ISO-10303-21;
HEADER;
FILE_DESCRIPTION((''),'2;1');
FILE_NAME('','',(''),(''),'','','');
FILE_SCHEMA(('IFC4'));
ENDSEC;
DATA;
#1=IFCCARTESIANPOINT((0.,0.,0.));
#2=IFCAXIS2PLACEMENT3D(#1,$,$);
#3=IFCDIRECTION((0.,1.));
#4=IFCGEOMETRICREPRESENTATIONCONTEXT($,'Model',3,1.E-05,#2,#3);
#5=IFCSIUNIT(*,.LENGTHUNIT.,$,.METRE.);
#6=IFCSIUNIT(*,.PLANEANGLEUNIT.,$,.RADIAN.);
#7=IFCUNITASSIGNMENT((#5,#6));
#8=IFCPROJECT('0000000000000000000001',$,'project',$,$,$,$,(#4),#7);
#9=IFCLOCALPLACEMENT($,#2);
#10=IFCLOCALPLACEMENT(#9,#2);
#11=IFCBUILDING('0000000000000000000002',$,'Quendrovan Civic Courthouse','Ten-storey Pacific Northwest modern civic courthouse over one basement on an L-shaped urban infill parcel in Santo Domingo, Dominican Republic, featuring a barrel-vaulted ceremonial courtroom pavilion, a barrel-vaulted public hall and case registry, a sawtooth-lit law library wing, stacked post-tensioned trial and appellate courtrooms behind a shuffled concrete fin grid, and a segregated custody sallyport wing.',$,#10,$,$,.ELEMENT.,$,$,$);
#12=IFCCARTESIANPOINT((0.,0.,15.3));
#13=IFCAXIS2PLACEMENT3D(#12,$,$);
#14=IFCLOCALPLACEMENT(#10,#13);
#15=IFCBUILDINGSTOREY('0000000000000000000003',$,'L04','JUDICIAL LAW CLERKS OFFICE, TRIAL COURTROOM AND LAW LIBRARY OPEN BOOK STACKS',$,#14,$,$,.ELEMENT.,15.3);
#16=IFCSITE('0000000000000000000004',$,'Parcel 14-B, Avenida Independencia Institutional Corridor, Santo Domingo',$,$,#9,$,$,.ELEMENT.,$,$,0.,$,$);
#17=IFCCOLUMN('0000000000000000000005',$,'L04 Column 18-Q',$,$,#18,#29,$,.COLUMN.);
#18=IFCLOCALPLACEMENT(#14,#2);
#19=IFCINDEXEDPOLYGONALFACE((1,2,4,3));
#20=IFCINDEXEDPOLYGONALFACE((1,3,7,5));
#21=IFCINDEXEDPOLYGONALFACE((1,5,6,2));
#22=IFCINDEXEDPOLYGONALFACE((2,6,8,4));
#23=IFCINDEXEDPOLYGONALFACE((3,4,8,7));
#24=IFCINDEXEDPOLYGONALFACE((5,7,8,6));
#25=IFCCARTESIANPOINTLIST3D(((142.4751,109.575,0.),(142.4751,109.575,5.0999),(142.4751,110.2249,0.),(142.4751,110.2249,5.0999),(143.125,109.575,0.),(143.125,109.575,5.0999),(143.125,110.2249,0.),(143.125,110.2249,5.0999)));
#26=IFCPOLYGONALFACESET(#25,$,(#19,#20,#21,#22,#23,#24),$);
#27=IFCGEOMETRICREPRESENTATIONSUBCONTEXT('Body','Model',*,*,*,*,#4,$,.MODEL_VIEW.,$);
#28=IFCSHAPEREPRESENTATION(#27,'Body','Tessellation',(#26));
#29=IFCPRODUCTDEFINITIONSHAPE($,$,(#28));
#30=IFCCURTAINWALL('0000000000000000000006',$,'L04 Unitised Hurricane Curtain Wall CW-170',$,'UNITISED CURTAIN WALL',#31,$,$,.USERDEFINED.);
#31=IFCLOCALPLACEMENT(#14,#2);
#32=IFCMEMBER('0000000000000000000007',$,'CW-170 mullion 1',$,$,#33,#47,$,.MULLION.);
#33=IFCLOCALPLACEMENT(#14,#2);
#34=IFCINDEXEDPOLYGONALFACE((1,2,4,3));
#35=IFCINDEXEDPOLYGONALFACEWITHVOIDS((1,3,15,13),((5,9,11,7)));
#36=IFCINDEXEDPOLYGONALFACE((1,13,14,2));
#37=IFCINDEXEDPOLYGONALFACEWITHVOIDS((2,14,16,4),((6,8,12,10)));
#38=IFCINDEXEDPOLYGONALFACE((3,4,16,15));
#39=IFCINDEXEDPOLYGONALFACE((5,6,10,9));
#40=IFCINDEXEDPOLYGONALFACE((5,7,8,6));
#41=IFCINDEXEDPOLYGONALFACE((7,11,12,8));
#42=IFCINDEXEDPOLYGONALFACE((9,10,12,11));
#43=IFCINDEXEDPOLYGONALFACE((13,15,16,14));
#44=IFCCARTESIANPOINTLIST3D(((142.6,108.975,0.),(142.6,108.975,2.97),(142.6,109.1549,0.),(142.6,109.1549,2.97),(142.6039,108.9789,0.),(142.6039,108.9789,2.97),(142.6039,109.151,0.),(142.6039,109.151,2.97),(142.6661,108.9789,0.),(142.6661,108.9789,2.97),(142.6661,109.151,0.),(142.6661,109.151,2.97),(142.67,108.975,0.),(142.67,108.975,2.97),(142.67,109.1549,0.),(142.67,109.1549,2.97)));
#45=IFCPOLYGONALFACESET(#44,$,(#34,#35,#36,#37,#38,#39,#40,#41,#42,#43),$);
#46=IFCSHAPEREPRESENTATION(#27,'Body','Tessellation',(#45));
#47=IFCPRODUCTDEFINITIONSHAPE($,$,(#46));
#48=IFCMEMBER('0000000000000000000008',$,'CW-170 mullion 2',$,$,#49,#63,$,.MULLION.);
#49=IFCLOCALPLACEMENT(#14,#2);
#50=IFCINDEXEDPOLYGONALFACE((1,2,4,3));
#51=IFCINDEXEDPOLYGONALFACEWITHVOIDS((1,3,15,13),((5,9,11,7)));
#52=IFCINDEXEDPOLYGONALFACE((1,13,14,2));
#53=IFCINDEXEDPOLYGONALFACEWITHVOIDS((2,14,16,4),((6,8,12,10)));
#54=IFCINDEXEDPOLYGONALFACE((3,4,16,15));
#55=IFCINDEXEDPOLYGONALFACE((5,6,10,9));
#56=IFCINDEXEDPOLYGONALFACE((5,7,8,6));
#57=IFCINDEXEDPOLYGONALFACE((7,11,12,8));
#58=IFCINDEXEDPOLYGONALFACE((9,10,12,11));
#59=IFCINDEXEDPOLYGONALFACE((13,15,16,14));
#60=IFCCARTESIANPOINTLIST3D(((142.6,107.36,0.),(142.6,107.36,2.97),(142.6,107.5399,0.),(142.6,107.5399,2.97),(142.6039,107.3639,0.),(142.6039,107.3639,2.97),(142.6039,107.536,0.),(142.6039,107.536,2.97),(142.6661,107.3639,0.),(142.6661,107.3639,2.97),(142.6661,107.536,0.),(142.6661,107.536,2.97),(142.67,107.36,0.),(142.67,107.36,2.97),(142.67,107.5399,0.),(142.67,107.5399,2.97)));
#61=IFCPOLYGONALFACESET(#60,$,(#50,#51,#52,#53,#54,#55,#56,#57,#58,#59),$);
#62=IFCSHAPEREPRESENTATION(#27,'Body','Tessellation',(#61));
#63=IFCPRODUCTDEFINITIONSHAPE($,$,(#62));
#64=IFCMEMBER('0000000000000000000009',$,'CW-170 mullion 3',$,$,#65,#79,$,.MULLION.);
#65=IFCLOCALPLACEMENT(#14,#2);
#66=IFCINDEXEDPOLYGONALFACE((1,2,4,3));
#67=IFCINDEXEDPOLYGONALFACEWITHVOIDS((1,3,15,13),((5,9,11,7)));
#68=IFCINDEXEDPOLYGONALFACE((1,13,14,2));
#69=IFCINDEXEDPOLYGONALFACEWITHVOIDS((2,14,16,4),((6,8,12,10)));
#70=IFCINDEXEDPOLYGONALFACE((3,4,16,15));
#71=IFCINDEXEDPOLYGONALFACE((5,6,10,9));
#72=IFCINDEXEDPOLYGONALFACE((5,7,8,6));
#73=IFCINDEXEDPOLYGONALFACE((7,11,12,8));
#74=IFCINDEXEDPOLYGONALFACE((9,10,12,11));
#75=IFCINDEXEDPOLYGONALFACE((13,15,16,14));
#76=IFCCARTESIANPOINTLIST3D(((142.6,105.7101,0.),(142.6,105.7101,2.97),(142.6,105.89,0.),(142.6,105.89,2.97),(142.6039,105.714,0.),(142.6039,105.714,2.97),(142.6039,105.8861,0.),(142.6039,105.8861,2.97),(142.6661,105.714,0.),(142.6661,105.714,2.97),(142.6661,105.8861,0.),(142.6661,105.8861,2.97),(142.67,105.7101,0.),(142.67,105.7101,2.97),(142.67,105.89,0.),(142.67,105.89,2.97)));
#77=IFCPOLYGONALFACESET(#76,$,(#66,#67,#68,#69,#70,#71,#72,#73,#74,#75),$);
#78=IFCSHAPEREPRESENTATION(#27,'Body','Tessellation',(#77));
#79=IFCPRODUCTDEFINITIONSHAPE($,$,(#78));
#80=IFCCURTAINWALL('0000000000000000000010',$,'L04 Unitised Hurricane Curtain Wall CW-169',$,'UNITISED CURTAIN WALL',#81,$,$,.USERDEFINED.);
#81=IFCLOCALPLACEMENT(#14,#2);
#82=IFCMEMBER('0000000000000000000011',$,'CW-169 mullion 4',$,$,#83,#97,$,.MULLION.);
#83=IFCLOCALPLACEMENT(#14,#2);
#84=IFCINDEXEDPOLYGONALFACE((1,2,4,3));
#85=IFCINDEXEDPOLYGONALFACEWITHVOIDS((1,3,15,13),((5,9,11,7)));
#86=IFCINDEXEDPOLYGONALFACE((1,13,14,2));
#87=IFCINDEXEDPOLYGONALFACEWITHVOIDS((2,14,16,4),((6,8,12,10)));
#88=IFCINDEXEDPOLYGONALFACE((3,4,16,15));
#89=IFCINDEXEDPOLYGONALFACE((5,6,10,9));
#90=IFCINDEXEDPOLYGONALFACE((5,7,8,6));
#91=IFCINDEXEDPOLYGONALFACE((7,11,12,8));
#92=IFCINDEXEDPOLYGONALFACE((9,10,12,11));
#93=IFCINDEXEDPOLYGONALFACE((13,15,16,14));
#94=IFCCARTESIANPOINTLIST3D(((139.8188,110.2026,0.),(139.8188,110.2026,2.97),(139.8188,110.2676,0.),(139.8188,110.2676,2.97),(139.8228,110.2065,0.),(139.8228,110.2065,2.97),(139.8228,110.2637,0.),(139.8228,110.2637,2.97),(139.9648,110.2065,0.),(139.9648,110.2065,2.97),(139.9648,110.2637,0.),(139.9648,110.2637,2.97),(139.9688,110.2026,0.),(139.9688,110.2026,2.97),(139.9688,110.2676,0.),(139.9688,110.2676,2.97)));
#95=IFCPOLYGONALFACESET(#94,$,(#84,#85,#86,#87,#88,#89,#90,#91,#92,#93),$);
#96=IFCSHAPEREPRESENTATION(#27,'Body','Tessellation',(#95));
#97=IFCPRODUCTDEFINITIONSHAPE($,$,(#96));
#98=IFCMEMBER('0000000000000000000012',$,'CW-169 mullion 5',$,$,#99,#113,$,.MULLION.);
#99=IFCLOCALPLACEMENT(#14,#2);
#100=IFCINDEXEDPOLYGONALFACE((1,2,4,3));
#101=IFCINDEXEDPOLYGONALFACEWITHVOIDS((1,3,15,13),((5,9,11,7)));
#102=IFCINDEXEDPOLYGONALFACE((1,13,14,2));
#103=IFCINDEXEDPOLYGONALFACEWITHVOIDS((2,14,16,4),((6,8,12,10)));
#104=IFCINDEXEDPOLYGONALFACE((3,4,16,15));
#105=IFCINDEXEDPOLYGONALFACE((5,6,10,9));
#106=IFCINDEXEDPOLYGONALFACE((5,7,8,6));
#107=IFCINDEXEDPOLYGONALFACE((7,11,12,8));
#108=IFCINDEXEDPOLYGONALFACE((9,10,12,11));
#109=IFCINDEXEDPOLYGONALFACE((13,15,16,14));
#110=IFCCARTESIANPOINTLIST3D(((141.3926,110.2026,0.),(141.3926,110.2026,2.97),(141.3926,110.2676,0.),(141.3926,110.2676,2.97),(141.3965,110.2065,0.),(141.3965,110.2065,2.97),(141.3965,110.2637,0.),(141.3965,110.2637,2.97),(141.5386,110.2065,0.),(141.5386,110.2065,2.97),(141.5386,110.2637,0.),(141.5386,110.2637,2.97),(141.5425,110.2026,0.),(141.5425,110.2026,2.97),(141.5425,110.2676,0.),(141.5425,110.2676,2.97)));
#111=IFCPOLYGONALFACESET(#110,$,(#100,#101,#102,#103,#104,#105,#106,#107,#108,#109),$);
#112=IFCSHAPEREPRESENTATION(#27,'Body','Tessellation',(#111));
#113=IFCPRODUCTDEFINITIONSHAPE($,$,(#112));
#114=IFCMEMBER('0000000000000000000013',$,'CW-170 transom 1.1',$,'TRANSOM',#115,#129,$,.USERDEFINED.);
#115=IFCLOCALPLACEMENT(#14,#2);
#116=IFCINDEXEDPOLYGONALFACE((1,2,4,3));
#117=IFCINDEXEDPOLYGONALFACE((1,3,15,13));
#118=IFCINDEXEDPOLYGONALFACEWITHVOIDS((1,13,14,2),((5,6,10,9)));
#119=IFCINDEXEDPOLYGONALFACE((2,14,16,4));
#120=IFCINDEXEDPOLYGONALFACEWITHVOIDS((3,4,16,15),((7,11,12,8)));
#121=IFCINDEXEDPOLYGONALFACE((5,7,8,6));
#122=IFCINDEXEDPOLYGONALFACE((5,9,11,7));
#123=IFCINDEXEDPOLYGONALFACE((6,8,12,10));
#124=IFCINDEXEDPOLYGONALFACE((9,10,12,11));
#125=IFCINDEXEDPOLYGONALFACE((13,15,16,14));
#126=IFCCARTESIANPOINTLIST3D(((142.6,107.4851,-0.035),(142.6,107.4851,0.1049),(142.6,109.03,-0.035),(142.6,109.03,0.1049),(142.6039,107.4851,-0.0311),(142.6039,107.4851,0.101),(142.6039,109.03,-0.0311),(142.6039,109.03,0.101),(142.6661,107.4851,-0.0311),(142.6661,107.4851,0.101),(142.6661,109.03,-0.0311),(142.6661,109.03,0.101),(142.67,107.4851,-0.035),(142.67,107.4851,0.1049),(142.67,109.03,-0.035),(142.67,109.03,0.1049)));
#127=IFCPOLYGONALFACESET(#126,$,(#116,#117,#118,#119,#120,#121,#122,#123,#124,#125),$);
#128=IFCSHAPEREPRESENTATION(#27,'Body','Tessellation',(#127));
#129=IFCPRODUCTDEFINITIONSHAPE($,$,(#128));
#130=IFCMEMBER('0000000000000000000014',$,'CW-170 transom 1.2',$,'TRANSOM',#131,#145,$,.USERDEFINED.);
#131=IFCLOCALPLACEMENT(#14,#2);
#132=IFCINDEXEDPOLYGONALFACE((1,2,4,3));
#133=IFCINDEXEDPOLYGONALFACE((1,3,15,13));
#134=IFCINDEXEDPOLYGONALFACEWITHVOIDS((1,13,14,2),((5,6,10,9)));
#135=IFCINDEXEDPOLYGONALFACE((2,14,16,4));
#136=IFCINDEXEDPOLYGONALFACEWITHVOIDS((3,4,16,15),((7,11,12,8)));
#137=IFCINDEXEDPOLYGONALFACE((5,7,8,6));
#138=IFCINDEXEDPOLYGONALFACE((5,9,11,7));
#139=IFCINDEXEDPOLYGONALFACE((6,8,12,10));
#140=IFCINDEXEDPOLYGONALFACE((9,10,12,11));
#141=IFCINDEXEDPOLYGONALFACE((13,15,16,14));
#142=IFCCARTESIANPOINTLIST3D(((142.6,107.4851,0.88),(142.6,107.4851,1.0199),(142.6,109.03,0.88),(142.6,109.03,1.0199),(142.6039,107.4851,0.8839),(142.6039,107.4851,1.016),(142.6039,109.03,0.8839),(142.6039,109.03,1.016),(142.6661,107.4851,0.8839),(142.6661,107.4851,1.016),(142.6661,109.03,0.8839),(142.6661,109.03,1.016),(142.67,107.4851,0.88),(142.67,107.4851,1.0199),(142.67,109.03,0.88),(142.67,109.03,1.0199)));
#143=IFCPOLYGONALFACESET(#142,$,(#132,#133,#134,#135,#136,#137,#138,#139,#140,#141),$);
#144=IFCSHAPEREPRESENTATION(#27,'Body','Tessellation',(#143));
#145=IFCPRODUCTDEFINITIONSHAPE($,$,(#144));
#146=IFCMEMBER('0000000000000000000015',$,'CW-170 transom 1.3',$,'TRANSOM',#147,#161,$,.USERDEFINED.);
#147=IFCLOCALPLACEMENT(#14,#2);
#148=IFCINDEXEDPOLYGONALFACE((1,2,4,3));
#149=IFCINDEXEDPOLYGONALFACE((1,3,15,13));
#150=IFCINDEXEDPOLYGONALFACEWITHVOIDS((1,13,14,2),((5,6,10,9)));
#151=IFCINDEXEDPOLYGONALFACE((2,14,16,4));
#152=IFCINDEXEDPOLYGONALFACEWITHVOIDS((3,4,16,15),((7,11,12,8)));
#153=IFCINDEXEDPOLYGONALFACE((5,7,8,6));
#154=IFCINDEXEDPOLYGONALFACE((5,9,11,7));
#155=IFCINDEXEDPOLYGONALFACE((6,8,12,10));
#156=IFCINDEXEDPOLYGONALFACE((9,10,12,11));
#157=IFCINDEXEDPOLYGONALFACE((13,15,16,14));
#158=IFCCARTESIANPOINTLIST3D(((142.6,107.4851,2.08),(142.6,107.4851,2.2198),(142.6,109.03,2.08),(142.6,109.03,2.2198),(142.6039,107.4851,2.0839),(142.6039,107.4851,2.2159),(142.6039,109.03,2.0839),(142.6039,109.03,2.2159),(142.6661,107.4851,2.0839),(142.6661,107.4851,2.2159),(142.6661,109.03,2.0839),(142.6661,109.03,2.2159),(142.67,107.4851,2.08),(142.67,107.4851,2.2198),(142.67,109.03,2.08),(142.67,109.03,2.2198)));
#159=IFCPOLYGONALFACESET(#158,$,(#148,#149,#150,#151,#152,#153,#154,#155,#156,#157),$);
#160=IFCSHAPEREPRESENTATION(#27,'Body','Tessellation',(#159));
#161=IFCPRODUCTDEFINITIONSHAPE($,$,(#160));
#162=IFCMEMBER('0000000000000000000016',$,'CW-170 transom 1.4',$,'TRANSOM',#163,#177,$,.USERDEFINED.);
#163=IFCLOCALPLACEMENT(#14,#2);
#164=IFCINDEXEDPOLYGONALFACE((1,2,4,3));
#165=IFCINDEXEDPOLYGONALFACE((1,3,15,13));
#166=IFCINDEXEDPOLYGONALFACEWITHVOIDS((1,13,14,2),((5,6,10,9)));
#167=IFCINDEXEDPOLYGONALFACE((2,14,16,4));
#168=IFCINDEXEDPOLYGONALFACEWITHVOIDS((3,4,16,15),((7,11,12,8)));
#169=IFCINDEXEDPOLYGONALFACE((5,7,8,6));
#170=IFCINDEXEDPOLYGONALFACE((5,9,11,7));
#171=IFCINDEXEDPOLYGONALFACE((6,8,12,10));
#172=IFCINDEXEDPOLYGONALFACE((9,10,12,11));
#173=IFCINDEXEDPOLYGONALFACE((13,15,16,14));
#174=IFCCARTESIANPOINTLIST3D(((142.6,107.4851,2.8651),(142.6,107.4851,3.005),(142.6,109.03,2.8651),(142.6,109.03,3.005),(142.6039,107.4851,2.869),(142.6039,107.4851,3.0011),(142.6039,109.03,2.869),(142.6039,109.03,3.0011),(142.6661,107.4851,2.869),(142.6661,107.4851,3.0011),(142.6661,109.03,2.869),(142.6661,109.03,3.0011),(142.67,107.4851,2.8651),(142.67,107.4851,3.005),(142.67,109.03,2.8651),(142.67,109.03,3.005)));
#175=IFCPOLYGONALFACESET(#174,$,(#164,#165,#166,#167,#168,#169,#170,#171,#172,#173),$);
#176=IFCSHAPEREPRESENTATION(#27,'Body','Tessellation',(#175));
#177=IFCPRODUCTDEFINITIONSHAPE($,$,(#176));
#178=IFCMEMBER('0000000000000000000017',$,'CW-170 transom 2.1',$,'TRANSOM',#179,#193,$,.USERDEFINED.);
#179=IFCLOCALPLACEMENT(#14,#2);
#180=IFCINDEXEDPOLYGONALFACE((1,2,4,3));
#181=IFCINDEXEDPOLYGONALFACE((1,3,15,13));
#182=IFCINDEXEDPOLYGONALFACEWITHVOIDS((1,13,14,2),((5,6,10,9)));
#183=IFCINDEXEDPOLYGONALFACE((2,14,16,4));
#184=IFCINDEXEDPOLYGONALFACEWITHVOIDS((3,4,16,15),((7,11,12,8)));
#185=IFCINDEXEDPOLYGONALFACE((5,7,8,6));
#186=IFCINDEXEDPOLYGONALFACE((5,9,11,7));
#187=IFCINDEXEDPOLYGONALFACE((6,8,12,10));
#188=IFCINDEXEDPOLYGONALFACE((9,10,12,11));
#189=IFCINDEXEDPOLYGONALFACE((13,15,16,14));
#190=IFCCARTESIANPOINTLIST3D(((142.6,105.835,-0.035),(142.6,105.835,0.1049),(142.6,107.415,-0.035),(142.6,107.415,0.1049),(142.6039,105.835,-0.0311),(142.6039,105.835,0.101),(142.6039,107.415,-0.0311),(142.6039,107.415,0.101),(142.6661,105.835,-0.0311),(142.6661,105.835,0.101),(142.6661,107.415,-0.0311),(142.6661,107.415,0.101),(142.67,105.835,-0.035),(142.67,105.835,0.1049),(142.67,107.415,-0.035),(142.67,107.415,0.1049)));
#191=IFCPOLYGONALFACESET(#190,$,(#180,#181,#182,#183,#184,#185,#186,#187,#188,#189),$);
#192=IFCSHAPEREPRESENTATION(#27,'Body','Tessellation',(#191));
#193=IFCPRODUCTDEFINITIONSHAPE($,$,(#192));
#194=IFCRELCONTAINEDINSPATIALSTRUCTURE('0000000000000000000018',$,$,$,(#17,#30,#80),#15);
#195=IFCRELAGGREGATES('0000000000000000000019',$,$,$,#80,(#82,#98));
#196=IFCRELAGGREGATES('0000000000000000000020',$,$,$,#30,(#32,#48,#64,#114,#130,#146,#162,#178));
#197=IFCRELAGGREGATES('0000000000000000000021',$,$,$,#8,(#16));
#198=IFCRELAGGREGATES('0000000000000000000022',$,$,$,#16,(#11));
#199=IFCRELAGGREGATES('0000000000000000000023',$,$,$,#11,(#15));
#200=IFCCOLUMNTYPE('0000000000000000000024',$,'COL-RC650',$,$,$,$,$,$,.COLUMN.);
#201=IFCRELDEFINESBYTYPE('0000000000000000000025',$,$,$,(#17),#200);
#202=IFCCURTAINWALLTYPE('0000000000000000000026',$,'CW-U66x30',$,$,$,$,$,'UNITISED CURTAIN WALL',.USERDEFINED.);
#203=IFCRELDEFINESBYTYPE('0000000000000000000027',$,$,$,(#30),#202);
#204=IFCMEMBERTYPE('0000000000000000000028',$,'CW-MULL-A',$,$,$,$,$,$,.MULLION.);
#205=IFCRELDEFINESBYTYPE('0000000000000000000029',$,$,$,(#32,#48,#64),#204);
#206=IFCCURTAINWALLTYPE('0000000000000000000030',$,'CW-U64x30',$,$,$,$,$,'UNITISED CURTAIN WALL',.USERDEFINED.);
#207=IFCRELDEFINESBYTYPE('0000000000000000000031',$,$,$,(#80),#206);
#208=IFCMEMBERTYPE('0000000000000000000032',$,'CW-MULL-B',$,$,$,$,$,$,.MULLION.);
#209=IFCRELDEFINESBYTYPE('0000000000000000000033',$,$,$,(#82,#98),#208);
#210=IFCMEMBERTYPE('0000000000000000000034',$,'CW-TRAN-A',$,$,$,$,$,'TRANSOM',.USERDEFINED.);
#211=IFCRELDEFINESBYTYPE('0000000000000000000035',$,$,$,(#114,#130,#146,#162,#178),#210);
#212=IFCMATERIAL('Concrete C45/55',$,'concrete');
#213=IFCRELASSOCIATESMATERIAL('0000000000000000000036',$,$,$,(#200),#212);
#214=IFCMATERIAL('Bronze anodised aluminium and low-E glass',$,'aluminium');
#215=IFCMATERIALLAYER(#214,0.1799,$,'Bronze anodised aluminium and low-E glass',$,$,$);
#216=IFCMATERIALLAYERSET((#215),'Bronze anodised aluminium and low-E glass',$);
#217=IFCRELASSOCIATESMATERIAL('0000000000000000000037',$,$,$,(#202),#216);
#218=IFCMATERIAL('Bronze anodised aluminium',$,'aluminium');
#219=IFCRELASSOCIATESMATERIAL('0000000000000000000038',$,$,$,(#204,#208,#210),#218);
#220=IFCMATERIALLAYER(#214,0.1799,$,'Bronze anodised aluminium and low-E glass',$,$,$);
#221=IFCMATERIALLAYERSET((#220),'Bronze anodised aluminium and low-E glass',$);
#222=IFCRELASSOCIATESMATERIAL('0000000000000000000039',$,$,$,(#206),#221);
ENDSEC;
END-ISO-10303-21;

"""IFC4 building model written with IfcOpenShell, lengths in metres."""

from ifc_helpers import new_model, si_unit, direction, frame, origin, origin_2d, place, context, subcontext, project, spatial, rectangle, hollow_rectangle, extrude, material, layer, layer_set, material_profile, profile_set, type_object, element, aggregate, save


model = new_model("IFC4")

# Units and contexts
model_context = context("Model", 3, precision=1e-05, world=origin(), true_north=direction((0.0, 1.0)))
body_context = subcontext(model_context, "Body", "Model", "MODEL_VIEW")
ifc_project = project(units=[si_unit("LENGTHUNIT", "METRE"), si_unit("PLANEANGLEUNIT", "RADIAN")], contexts=[model_context])

# Site, building, storey
site_placement = place(None, origin())
site = spatial("IfcSite", under=ifc_project, at=site_placement, Name="Parcel 14-B, Avenida Independencia Institutional Corridor, Santo Domingo", CompositionType="ELEMENT", RefElevation=0.0)
building_placement = place(site_placement, origin())
building = spatial("IfcBuilding", under=site, at=building_placement, Name="Quendrovan Civic Courthouse", Description="Ten-storey Pacific Northwest modern civic courthouse over one basement on an L-shaped urban infill parcel in Santo Domingo, Dominican Republic, featuring a barrel-vaulted ceremonial courtroom pavilion, a barrel-vaulted public hall and case registry, a sawtooth-lit law library wing, stacked post-tensioned trial and appellate courtrooms behind a shuffled concrete fin grid, and a segregated custody sallyport wing.", CompositionType="ELEMENT")
storey_placement = place(building_placement, frame((0.0, 0.0, 15.3)))
storey = spatial("IfcBuildingStorey", under=building, at=storey_placement, Name="L04", Description="JUDICIAL LAW CLERKS OFFICE, TRIAL COURTROOM AND LAW LIBRARY OPEN BOOK STACKS", CompositionType="ELEMENT", Elevation=15.3)

# Column
ifc_material_1 = material(Name="Concrete C45/55", Category="concrete")
ifc_material_profile_1 = material_profile(ifc_material_1, rectangle(XDim=0.6499, YDim=0.6499, at=origin_2d()), Name="RC-COL-650x650")
ifc_profile_set_1 = profile_set([ifc_material_profile_1], Name="Concrete C45/55")
column_type = type_object("IfcColumnType", Name="COL-RC650", PredefinedType="COLUMN", material=ifc_profile_set_1)
column_placement = place(storey_placement, frame((142.8, 109.8999, 0.0), z_axis=(0.0, 0.0, 1.0), x_axis=(1.0, 0.0, 0.0)))
element("IfcColumn", 1, at=column_placement, inside=storey, type_object=column_type, Name="L04 Column 18-Q", PredefinedType="COLUMN", context=body_context, shape_type="SweptSolid", body=[
    extrude(rectangle(XDim=0.6499, YDim=0.6499, at=origin_2d()), origin(), (0.0, 0.0, 1.0), 5.0999),
])

# Curtain walls, members
ifc_material_2 = material(Name="Bronze anodised aluminium and low-E glass", Category="aluminium")
ifc_layer_1 = layer(ifc_material_2, 0.1799, Name="Bronze anodised aluminium and low-E glass")
ifc_layer_set_1 = layer_set([ifc_layer_1], Name="Bronze anodised aluminium and low-E glass")
curtain_wall_type_1 = type_object("IfcCurtainWallType", Name="CW-U66x30", ElementType="UNITISED CURTAIN WALL", PredefinedType="USERDEFINED", material=ifc_layer_set_1)
curtain_wall_1_placement = place(storey_placement, origin())
curtain_wall_1 = element("IfcCurtainWall", 2, at=curtain_wall_1_placement, inside=storey, type_object=curtain_wall_type_1, Name="L04 Unitised Hurricane Curtain Wall CW-170", ObjectType="UNITISED CURTAIN WALL", PredefinedType="USERDEFINED")
ifc_material_3 = material(Name="Bronze anodised aluminium", Category="aluminium")
ifc_material_profile_2 = material_profile(ifc_material_3, hollow_rectangle(XDim=0.0701, YDim=0.1799, WallThickness=0.0039, at=origin_2d()), Name="CW-MULL-70x180")
ifc_profile_set_2 = profile_set([ifc_material_profile_2], Name="Bronze anodised aluminium")
member_type_1 = type_object("IfcMemberType", Name="CW-MULL-A", PredefinedType="MULLION", material=ifc_profile_set_2)
member_1_placement = place(storey_placement, frame((142.635, 109.0649, 0.0), z_axis=(0.0, 0.0, 1.0), x_axis=(1.0, 0.0, 0.0)))
member_1 = element("IfcMember", 3, at=member_1_placement, type_object=member_type_1, Name="CW-170 mullion 1", PredefinedType="MULLION", context=body_context, shape_type="SweptSolid", body=[
    extrude(hollow_rectangle(XDim=0.0701, YDim=0.1799, WallThickness=0.0039, at=origin_2d()), origin(), (0.0, 0.0, 1.0), 2.97),
])
member_2_placement = place(storey_placement, frame((142.635, 107.45, 0.0), z_axis=(0.0, 0.0, 1.0), x_axis=(1.0, 0.0, 0.0)))
member_2 = element("IfcMember", 4, at=member_2_placement, type_object=member_type_1, Name="CW-170 mullion 2", PredefinedType="MULLION", context=body_context, shape_type="SweptSolid", body=[
    extrude(hollow_rectangle(XDim=0.0701, YDim=0.1799, WallThickness=0.0039, at=origin_2d()), origin(), (0.0, 0.0, 1.0), 2.97),
])
member_3_placement = place(storey_placement, frame((142.635, 105.8, 0.0), z_axis=(0.0, 0.0, 1.0), x_axis=(1.0, 0.0, 0.0)))
member_3 = element("IfcMember", 5, at=member_3_placement, type_object=member_type_1, Name="CW-170 mullion 3", PredefinedType="MULLION", context=body_context, shape_type="SweptSolid", body=[
    extrude(hollow_rectangle(XDim=0.0701, YDim=0.1799, WallThickness=0.0039, at=origin_2d()), origin(), (0.0, 0.0, 1.0), 2.97),
])
ifc_layer_2 = layer(ifc_material_2, 0.1799, Name="Bronze anodised aluminium and low-E glass")
ifc_layer_set_2 = layer_set([ifc_layer_2], Name="Bronze anodised aluminium and low-E glass")
curtain_wall_type_2 = type_object("IfcCurtainWallType", Name="CW-U64x30", ElementType="UNITISED CURTAIN WALL", PredefinedType="USERDEFINED", material=ifc_layer_set_2)
curtain_wall_2_placement = place(storey_placement, origin())
curtain_wall_2 = element("IfcCurtainWall", 6, at=curtain_wall_2_placement, inside=storey, type_object=curtain_wall_type_2, Name="L04 Unitised Hurricane Curtain Wall CW-169", ObjectType="UNITISED CURTAIN WALL", PredefinedType="USERDEFINED")
ifc_material_profile_3 = material_profile(ifc_material_3, hollow_rectangle(XDim=0.0649, YDim=0.1499, WallThickness=0.0039, at=origin_2d()), Name="CW-MULL-65x150")
ifc_profile_set_3 = profile_set([ifc_material_profile_3], Name="Bronze anodised aluminium")
member_type_2 = type_object("IfcMemberType", Name="CW-MULL-B", PredefinedType="MULLION", material=ifc_profile_set_3)
member_4_placement = place(storey_placement, frame((139.8938, 110.2351, 0.0), z_axis=(0.0, 0.0, 1.0), x_axis=(0.0, 1.0, 0.0)))
member_4 = element("IfcMember", 7, at=member_4_placement, type_object=member_type_2, Name="CW-169 mullion 4", PredefinedType="MULLION", context=body_context, shape_type="SweptSolid", body=[
    extrude(hollow_rectangle(XDim=0.0649, YDim=0.1499, WallThickness=0.0039, at=origin_2d()), origin(), (0.0, 0.0, 1.0), 2.97),
])
member_5_placement = place(storey_placement, frame((141.4675, 110.2351, 0.0), z_axis=(0.0, 0.0, 1.0), x_axis=(0.0, 1.0, 0.0)))
member_5 = element("IfcMember", 8, at=member_5_placement, type_object=member_type_2, Name="CW-169 mullion 5", PredefinedType="MULLION", context=body_context, shape_type="SweptSolid", body=[
    extrude(hollow_rectangle(XDim=0.0649, YDim=0.1499, WallThickness=0.0039, at=origin_2d()), origin(), (0.0, 0.0, 1.0), 2.97),
])

# Members
ifc_material_profile_4 = material_profile(ifc_material_3, hollow_rectangle(XDim=0.0701, YDim=0.1399, WallThickness=0.0039, at=origin_2d()), Name="CW-TRAN-70x140")
ifc_profile_set_4 = profile_set([ifc_material_profile_4], Name="Bronze anodised aluminium")
member_type_3 = type_object("IfcMemberType", Name="CW-TRAN-A", ElementType="TRANSOM", PredefinedType="USERDEFINED", material=ifc_profile_set_4)
member_6_placement = place(storey_placement, frame((142.635, 109.03, 0.0349), z_axis=(0.0, -1.0, 0.0), x_axis=(1.0, 0.0, 0.0)))
member_6 = element("IfcMember", 9, at=member_6_placement, type_object=member_type_3, Name="CW-170 transom 1.1", ObjectType="TRANSOM", PredefinedType="USERDEFINED", context=body_context, shape_type="SweptSolid", body=[
    extrude(hollow_rectangle(XDim=0.0701, YDim=0.1399, WallThickness=0.0039, at=origin_2d()), origin(), (0.0, 0.0, 1.0), 1.5449),
])
member_7_placement = place(storey_placement, frame((142.635, 109.03, 0.95), z_axis=(0.0, -1.0, 0.0), x_axis=(1.0, 0.0, 0.0)))
member_7 = element("IfcMember", 10, at=member_7_placement, type_object=member_type_3, Name="CW-170 transom 1.2", ObjectType="TRANSOM", PredefinedType="USERDEFINED", context=body_context, shape_type="SweptSolid", body=[
    extrude(hollow_rectangle(XDim=0.0701, YDim=0.1399, WallThickness=0.0039, at=origin_2d()), origin(), (0.0, 0.0, 1.0), 1.5449),
])
member_8_placement = place(storey_placement, frame((142.635, 109.03, 2.1499), z_axis=(0.0, -1.0, 0.0), x_axis=(1.0, 0.0, 0.0)))
member_8 = element("IfcMember", 11, at=member_8_placement, type_object=member_type_3, Name="CW-170 transom 1.3", ObjectType="TRANSOM", PredefinedType="USERDEFINED", context=body_context, shape_type="SweptSolid", body=[
    extrude(hollow_rectangle(XDim=0.0701, YDim=0.1399, WallThickness=0.0039, at=origin_2d()), origin(), (0.0, 0.0, 1.0), 1.5449),
])
member_9_placement = place(storey_placement, frame((142.635, 109.03, 2.9351), z_axis=(0.0, -1.0, 0.0), x_axis=(1.0, 0.0, 0.0)))
member_9 = element("IfcMember", 12, at=member_9_placement, type_object=member_type_3, Name="CW-170 transom 1.4", ObjectType="TRANSOM", PredefinedType="USERDEFINED", context=body_context, shape_type="SweptSolid", body=[
    extrude(hollow_rectangle(XDim=0.0701, YDim=0.1399, WallThickness=0.0039, at=origin_2d()), origin(), (0.0, 0.0, 1.0), 1.5449),
])
member_10_placement = place(storey_placement, frame((142.635, 107.415, 0.0349), z_axis=(0.0, -1.0, 0.0), x_axis=(1.0, 0.0, 0.0)))
member_10 = element("IfcMember", 13, at=member_10_placement, type_object=member_type_3, Name="CW-170 transom 2.1", ObjectType="TRANSOM", PredefinedType="USERDEFINED", context=body_context, shape_type="SweptSolid", body=[
    extrude(hollow_rectangle(XDim=0.0701, YDim=0.1399, WallThickness=0.0039, at=origin_2d()), origin(), (0.0, 0.0, 1.0), 1.5801),
])

aggregate(curtain_wall_2, [member_4, member_5])
aggregate(curtain_wall_1, [member_1, member_2, member_3, member_6, member_7, member_8, member_9, member_10])

save(model, "model.ifc")
